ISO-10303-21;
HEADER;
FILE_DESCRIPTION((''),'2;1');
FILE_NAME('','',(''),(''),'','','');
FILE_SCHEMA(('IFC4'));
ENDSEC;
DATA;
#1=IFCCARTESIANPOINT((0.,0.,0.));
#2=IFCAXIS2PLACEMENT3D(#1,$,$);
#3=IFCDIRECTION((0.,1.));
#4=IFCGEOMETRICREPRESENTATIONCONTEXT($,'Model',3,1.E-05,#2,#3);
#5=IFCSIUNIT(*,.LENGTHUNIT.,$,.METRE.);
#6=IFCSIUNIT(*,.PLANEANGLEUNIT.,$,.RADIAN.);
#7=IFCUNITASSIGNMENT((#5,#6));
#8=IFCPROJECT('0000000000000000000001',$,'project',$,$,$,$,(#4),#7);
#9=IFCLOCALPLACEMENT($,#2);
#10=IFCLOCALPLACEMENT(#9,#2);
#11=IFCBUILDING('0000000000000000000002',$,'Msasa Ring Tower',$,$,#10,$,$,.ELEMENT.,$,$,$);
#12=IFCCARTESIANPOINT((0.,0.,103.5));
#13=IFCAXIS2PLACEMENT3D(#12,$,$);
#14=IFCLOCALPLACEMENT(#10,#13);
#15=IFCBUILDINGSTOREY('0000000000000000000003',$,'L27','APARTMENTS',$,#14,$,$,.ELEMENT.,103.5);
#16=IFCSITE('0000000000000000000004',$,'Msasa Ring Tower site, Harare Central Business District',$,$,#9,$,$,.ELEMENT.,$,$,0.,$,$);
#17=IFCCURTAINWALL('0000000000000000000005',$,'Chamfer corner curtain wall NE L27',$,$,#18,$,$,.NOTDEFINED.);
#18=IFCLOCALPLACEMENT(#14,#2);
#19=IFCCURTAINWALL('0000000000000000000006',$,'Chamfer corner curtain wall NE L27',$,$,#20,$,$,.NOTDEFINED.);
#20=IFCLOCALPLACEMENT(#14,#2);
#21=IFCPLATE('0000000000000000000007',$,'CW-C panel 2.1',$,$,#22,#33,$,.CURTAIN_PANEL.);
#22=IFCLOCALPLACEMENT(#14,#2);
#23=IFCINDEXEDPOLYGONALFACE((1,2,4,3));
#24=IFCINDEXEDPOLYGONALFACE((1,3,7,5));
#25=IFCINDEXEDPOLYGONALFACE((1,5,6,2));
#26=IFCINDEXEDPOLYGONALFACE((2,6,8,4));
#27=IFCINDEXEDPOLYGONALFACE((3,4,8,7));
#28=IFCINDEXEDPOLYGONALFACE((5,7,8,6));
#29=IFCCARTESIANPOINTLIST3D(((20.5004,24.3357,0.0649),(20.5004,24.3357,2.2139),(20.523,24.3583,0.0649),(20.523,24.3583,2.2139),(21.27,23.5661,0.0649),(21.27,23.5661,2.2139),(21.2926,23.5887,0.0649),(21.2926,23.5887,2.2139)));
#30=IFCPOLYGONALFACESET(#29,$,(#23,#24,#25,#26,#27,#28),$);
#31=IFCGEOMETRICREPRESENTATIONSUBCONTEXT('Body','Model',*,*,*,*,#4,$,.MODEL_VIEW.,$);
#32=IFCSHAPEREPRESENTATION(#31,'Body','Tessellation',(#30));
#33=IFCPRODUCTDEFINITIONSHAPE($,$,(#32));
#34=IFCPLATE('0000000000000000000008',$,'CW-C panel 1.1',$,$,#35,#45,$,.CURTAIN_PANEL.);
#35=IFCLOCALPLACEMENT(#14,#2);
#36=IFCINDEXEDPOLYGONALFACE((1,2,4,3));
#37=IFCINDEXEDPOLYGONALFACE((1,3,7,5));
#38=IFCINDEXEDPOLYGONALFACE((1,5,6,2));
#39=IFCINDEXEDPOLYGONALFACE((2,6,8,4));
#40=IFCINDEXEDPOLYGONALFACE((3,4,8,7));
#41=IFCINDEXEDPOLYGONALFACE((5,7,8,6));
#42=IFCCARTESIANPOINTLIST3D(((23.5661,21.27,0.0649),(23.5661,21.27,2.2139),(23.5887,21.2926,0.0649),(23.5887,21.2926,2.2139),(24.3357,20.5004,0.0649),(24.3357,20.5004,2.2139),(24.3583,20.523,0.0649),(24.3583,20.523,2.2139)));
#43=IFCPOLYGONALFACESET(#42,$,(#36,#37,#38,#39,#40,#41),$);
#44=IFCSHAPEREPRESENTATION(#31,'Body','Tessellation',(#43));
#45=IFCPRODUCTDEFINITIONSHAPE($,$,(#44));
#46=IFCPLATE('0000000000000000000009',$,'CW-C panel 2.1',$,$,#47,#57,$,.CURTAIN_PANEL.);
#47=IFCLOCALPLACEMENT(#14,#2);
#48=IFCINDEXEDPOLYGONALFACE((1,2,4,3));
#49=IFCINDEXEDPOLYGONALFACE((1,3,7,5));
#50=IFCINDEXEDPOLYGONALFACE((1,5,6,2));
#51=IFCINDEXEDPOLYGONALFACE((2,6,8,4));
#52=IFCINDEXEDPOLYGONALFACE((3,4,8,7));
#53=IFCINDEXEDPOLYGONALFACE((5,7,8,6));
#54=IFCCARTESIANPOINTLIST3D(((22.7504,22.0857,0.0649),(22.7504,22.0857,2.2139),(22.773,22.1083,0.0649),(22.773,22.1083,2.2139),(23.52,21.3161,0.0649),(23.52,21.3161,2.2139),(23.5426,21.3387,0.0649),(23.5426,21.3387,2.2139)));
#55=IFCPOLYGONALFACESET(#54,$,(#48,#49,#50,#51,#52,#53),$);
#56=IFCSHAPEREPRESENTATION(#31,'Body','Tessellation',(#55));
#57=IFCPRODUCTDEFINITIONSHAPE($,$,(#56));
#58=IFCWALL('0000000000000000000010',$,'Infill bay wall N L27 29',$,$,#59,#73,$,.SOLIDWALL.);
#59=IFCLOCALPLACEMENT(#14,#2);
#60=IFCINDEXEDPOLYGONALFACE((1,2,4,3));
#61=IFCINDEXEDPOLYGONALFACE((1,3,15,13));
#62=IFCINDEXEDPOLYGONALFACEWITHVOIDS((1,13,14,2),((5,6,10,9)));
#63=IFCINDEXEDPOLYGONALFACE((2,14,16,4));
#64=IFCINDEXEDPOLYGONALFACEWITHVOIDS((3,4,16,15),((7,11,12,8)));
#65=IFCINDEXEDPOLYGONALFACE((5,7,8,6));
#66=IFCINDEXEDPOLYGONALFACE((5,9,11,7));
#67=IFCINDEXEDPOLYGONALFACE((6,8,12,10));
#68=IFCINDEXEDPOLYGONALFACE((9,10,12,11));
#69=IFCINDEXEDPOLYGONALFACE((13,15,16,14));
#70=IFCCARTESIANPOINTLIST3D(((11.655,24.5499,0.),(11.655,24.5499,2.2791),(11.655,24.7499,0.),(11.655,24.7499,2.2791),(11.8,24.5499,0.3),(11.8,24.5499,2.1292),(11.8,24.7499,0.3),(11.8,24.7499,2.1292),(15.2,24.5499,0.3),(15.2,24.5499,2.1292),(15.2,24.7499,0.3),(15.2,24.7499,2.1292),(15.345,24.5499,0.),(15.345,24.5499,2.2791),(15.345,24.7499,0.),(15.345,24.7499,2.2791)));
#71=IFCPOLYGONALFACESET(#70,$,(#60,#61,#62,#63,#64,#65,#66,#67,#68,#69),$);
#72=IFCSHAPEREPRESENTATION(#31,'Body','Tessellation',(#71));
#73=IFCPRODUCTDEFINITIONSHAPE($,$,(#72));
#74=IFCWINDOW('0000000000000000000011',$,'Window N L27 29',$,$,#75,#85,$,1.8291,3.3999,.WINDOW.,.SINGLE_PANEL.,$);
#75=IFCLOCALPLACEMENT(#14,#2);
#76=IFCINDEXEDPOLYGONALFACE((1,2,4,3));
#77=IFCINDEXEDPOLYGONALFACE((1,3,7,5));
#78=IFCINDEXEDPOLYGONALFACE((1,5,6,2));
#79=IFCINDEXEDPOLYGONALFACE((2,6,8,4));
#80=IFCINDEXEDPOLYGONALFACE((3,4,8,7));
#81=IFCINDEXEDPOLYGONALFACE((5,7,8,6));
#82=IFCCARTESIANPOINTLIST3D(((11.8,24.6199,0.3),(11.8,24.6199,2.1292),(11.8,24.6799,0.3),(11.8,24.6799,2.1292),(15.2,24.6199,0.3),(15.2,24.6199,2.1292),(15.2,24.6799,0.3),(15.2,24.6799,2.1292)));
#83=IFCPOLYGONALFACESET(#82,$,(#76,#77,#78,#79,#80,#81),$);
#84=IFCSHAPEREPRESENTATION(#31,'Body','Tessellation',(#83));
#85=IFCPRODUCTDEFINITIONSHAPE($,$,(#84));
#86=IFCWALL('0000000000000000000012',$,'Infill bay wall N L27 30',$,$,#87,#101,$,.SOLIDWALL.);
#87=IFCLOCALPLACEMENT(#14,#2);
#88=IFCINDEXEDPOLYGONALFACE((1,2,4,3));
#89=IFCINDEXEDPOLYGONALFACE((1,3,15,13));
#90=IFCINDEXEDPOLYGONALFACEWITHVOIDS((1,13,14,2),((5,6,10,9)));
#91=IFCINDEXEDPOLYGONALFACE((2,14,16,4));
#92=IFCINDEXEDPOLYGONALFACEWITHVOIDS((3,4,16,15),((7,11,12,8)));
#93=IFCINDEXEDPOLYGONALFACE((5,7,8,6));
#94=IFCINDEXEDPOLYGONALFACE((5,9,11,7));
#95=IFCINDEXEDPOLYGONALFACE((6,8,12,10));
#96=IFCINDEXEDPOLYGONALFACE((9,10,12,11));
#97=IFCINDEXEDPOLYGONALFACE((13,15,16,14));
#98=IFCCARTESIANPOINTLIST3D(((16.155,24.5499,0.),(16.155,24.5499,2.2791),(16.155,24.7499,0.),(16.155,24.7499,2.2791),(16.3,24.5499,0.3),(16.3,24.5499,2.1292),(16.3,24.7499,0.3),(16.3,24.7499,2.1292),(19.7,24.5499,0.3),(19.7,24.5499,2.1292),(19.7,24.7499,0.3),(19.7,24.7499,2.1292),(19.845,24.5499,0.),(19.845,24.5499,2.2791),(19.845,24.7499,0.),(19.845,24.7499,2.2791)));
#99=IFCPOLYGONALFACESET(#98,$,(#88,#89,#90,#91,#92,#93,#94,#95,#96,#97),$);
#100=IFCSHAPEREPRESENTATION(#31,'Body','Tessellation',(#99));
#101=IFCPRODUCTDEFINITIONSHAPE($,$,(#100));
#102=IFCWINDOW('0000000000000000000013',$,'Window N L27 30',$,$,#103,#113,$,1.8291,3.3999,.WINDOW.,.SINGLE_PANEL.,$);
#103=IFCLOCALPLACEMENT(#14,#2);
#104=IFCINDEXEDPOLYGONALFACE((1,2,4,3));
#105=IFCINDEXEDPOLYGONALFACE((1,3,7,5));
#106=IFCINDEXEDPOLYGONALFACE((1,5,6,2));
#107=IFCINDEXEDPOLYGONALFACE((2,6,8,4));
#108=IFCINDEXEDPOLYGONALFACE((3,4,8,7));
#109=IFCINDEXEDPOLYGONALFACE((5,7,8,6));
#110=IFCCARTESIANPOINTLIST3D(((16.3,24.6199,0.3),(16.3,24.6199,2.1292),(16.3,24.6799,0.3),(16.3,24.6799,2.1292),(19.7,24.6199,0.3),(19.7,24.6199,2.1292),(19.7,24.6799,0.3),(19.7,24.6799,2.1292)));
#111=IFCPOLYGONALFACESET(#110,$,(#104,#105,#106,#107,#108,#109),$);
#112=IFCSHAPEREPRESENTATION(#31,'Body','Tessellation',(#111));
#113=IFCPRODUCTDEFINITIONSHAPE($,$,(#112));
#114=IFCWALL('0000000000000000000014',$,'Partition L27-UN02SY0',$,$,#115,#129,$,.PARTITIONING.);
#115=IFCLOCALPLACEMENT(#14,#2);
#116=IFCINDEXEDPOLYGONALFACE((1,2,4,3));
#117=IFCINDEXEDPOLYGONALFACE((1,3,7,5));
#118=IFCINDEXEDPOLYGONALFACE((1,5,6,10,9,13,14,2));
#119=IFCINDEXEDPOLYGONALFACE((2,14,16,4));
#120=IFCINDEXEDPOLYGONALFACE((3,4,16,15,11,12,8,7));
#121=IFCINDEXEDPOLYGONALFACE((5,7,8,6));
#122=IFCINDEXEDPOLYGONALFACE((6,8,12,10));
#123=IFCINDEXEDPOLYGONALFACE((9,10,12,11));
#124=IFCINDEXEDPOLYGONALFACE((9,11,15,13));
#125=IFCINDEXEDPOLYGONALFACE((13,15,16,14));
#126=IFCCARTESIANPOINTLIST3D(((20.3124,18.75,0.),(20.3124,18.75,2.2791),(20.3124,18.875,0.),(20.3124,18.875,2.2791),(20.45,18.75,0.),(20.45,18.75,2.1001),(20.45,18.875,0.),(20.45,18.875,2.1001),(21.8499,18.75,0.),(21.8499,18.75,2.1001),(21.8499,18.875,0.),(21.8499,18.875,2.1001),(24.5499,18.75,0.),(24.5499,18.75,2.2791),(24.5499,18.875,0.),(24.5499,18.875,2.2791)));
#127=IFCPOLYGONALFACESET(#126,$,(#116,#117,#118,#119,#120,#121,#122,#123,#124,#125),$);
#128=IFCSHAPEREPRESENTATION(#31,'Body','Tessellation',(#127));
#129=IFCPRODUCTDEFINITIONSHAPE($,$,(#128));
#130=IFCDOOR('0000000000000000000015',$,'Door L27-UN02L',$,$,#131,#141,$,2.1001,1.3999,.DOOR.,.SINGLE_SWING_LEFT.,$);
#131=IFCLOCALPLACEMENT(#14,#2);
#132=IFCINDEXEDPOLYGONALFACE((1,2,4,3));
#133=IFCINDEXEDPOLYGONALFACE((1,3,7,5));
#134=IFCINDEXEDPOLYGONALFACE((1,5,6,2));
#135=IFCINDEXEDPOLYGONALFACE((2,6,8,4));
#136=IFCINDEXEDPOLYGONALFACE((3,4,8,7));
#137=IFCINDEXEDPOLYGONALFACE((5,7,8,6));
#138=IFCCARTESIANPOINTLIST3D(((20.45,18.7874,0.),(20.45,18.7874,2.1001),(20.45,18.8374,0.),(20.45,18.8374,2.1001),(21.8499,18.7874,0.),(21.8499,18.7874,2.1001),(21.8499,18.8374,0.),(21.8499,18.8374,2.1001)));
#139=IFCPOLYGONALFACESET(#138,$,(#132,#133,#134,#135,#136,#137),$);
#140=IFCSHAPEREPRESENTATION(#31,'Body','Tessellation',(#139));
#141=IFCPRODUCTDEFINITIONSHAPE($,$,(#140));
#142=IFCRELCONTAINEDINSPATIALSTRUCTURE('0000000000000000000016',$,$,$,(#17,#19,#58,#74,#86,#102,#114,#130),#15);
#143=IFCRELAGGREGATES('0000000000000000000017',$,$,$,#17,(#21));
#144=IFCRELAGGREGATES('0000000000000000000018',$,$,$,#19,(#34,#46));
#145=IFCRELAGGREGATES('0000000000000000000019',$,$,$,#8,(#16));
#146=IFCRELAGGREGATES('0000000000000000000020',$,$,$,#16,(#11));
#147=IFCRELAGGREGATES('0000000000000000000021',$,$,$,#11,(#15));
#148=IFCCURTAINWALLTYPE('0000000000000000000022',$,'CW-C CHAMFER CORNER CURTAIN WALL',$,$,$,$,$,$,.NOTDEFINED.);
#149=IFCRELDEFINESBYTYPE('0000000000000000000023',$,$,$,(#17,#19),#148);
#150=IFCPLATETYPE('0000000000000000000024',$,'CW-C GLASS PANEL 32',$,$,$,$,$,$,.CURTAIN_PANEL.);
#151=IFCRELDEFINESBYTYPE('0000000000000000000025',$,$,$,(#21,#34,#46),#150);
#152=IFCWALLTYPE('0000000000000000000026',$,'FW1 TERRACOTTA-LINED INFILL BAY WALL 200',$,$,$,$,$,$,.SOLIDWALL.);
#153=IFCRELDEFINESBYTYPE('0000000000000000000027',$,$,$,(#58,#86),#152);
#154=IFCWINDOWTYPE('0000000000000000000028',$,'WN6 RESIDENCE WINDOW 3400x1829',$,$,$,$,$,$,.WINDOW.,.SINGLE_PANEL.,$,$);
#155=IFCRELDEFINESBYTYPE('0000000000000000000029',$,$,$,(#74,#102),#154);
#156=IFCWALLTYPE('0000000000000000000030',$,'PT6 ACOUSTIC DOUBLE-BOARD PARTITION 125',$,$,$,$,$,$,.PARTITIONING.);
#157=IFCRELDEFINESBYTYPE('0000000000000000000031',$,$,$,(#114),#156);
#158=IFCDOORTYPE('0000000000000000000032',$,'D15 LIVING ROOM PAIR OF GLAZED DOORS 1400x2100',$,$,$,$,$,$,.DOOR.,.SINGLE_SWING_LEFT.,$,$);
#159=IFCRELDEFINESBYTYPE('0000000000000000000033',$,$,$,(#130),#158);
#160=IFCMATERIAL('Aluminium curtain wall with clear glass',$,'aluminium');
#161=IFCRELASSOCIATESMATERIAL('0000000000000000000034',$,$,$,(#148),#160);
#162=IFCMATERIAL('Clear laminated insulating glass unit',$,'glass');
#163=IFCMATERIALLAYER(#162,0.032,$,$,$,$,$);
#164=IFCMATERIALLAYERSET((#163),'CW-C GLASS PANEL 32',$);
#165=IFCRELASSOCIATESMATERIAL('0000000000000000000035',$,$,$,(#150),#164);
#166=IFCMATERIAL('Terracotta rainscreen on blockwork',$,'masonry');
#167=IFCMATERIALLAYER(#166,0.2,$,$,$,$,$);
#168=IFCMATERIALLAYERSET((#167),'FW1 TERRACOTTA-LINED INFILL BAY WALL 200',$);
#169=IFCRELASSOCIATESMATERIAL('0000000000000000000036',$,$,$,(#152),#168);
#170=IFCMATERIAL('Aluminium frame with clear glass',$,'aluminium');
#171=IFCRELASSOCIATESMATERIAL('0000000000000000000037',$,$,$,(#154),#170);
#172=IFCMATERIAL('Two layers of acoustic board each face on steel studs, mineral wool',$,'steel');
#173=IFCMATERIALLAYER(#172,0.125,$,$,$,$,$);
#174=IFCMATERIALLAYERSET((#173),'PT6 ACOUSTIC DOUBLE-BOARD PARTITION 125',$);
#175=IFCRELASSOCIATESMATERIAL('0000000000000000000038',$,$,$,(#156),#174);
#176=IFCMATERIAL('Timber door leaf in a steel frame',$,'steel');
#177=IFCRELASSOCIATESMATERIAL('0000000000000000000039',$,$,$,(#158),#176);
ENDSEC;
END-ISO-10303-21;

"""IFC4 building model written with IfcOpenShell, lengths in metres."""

from ifc_helpers import new_model, si_unit, direction, frame, frame_2d, origin, origin_2d, place, context, subcontext, project, spatial, rectangle, extrude, material, layer, layer_set, type_object, element, fill, aggregate, save


model = new_model("IFC4")

# Units and contexts
model_context = context("Model", 3, precision=1e-05, world=origin(), true_north=direction((0.0, 1.0)))
body_context = subcontext(model_context, "Body", "Model", "MODEL_VIEW")
ifc_project = project(units=[si_unit("LENGTHUNIT", "METRE"), si_unit("PLANEANGLEUNIT", "RADIAN")], contexts=[model_context])

# Site, building, storey
site_placement = place(None, origin())
site = spatial("IfcSite", under=ifc_project, at=site_placement, Name="Msasa Ring Tower site, Harare Central Business District", CompositionType="ELEMENT", RefElevation=0.0)
building_placement = place(site_placement, origin())
building = spatial("IfcBuilding", under=site, at=building_placement, Name="Msasa Ring Tower", CompositionType="ELEMENT")
storey_placement = place(building_placement, frame((0.0, 0.0, 103.5)))
storey = spatial("IfcBuildingStorey", under=building, at=storey_placement, Name="L27", Description="APARTMENTS", CompositionType="ELEMENT", Elevation=103.5)

# Curtain walls
ifc_material_1 = material(Name="Aluminium curtain wall with clear glass", Category="aluminium")
curtain_wall_type = type_object("IfcCurtainWallType", Name="CW-C CHAMFER CORNER CURTAIN WALL", PredefinedType="NOTDEFINED", material=ifc_material_1)
curtain_wall_1_placement = place(storey_placement, origin())
curtain_wall_1 = element("IfcCurtainWall", 1, at=curtain_wall_1_placement, inside=storey, type_object=curtain_wall_type, Name="Chamfer corner curtain wall NE L27", PredefinedType="NOTDEFINED")
curtain_wall_2_placement = place(storey_placement, origin())
curtain_wall_2 = element("IfcCurtainWall", 2, at=curtain_wall_2_placement, inside=storey, type_object=curtain_wall_type, Name="Chamfer corner curtain wall NE L27", PredefinedType="NOTDEFINED")

# Plates
ifc_material_2 = material(Name="Clear laminated insulating glass unit", Category="glass")
ifc_layer_1 = layer(ifc_material_2, 0.032)
ifc_layer_set_1 = layer_set([ifc_layer_1], Name="CW-C GLASS PANEL 32")
plate_type = type_object("IfcPlateType", Name="CW-C GLASS PANEL 32", PredefinedType="CURTAIN_PANEL", material=ifc_layer_set_1)
plate_1_placement = place(storey_placement, frame((20.8965, 23.9622, 0.0649), z_axis=(0.0, 0.0, 1.0), x_axis=(-0.707107, 0.707107, 0.0)))
plate_1 = element("IfcPlate", 3, at=plate_1_placement, type_object=plate_type, Name="CW-C panel 2.1", PredefinedType="CURTAIN_PANEL", context=body_context, shape_type="SweptSolid", body=[
    extrude(rectangle(XDim=1.0884, YDim=0.032, at=origin_2d()), origin(), (0.0, 0.0, 1.0), 2.1489),
])
aggregate(curtain_wall_1, [plate_1])
plate_2_placement = place(storey_placement, frame((23.9622, 20.8965, 0.0649), z_axis=(0.0, 0.0, 1.0), x_axis=(-0.707107, 0.707107, 0.0)))
plate_2 = element("IfcPlate", 4, at=plate_2_placement, type_object=plate_type, Name="CW-C panel 1.1", PredefinedType="CURTAIN_PANEL", context=body_context, shape_type="SweptSolid", body=[
    extrude(rectangle(XDim=1.0884, YDim=0.032, at=origin_2d()), origin(), (0.0, 0.0, 1.0), 2.1489),
])
plate_3_placement = place(storey_placement, frame((23.1465, 21.7122, 0.0649), z_axis=(0.0, 0.0, 1.0), x_axis=(-0.707107, 0.707107, 0.0)))
plate_3 = element("IfcPlate", 5, at=plate_3_placement, type_object=plate_type, Name="CW-C panel 2.1", PredefinedType="CURTAIN_PANEL", context=body_context, shape_type="SweptSolid", body=[
    extrude(rectangle(XDim=1.0884, YDim=0.032, at=origin_2d()), origin(), (0.0, 0.0, 1.0), 2.1489),
])
aggregate(curtain_wall_2, [plate_2, plate_3])

# Walls, openings, windows
ifc_material_3 = material(Name="Terracotta rainscreen on blockwork", Category="masonry")
ifc_layer_2 = layer(ifc_material_3, 0.2)
ifc_layer_set_2 = layer_set([ifc_layer_2], Name="FW1 TERRACOTTA-LINED INFILL BAY WALL 200")
wall_type_1 = type_object("IfcWallType", Name="FW1 TERRACOTTA-LINED INFILL BAY WALL 200", PredefinedType="SOLIDWALL", material=ifc_layer_set_2)
wall_1_placement = place(storey_placement, frame((11.655, 24.6499, 0.0), z_axis=(0.0, 0.0, 1.0), x_axis=(1.0, 0.0, 0.0)))
wall_1 = element("IfcWall", 6, at=wall_1_placement, inside=storey, type_object=wall_type_1, Name="Infill bay wall N L27 29", PredefinedType="SOLIDWALL", context=body_context, shape_type="SweptSolid", body=[
    extrude(rectangle(XDim=3.6899, YDim=0.2, at=frame_2d((1.845, 0.0))), origin(), (0.0, 0.0, 1.0), 2.2791),
])
opening_1_placement = place(wall_1_placement, frame((0.145, 0.0, 0.3)))
opening_1 = element("IfcOpeningElement", 7, at=opening_1_placement, cuts=wall_1, PredefinedType="OPENING", context=body_context, shape_type="SweptSolid", body=[
    extrude(rectangle(XDim=3.3999, YDim=1.8291, at=frame_2d((1.7, 0.9146))), frame((0.0, 0.1099, 0.0), z_axis=(0.0, -1.0, 0.0), x_axis=(1.0, 0.0, 0.0)), (0.0, 0.0, 1.0), 0.22),
])
ifc_material_4 = material(Name="Aluminium frame with clear glass", Category="aluminium")
window_type = type_object("IfcWindowType", Name="WN6 RESIDENCE WINDOW 3400x1829", PartitioningType="SINGLE_PANEL", PredefinedType="WINDOW", material=ifc_material_4)
window_1_placement = place(opening_1_placement, origin())
window_1 = element("IfcWindow", 8, at=window_1_placement, inside=storey, type_object=window_type, Name="Window N L27 29", OverallHeight=1.8291, OverallWidth=3.3999, PartitioningType="SINGLE_PANEL", PredefinedType="WINDOW", context=body_context, shape_type="SweptSolid", body=[
    extrude(rectangle(XDim=3.3999, YDim=1.8291, at=frame_2d((1.7, 0.9146))), frame((0.0, 0.03, 0.0), z_axis=(0.0, -1.0, 0.0), x_axis=(1.0, 0.0, 0.0)), (0.0, 0.0, 1.0), 0.0601),
])
fill(opening_1, window_1)
wall_2_placement = place(storey_placement, frame((16.155, 24.6499, 0.0), z_axis=(0.0, 0.0, 1.0), x_axis=(1.0, 0.0, 0.0)))
wall_2 = element("IfcWall", 9, at=wall_2_placement, inside=storey, type_object=wall_type_1, Name="Infill bay wall N L27 30", PredefinedType="SOLIDWALL", context=body_context, shape_type="SweptSolid", body=[
    extrude(rectangle(XDim=3.6899, YDim=0.2, at=frame_2d((1.845, 0.0))), origin(), (0.0, 0.0, 1.0), 2.2791),
])
opening_2_placement = place(wall_2_placement, frame((0.145, 0.0, 0.3)))
opening_2 = element("IfcOpeningElement", 10, at=opening_2_placement, cuts=wall_2, PredefinedType="OPENING", context=body_context, shape_type="SweptSolid", body=[
    extrude(rectangle(XDim=3.3999, YDim=1.8291, at=frame_2d((1.7, 0.9146))), frame((0.0, 0.1099, 0.0), z_axis=(0.0, -1.0, 0.0), x_axis=(1.0, 0.0, 0.0)), (0.0, 0.0, 1.0), 0.22),
])
window_2_placement = place(opening_2_placement, origin())
window_2 = element("IfcWindow", 11, at=window_2_placement, inside=storey, type_object=window_type, Name="Window N L27 30", OverallHeight=1.8291, OverallWidth=3.3999, PartitioningType="SINGLE_PANEL", PredefinedType="WINDOW", context=body_context, shape_type="SweptSolid", body=[
    extrude(rectangle(XDim=3.3999, YDim=1.8291, at=frame_2d((1.7, 0.9146))), frame((0.0, 0.03, 0.0), z_axis=(0.0, -1.0, 0.0), x_axis=(1.0, 0.0, 0.0)), (0.0, 0.0, 1.0), 0.0601),
])
fill(opening_2, window_2)

# Wall, opening, door
ifc_material_5 = material(Name="Two layers of acoustic board each face on steel studs, mineral wool", Category="steel")
ifc_layer_3 = layer(ifc_material_5, 0.125)
ifc_layer_set_3 = layer_set([ifc_layer_3], Name="PT6 ACOUSTIC DOUBLE-BOARD PARTITION 125")
wall_type_2 = type_object("IfcWallType", Name="PT6 ACOUSTIC DOUBLE-BOARD PARTITION 125", PredefinedType="PARTITIONING", material=ifc_layer_set_3)
wall_3_placement = place(storey_placement, frame((20.3125, 18.8125, 0.0), z_axis=(0.0, 0.0, 1.0), x_axis=(1.0, 0.0, 0.0)))
wall_3 = element("IfcWall", 12, at=wall_3_placement, inside=storey, type_object=wall_type_2, Name="Partition L27-UN02SY0", PredefinedType="PARTITIONING", context=body_context, shape_type="SweptSolid", body=[
    extrude(rectangle(XDim=4.2375, YDim=0.125, at=frame_2d((2.1187, 0.0))), origin(), (0.0, 0.0, 1.0), 2.2791),
])
opening_3_placement = place(wall_3_placement, frame((0.1375, 0.0, 0.0)))
opening_3 = element("IfcOpeningElement", 13, at=opening_3_placement, cuts=wall_3, PredefinedType="OPENING", context=body_context, shape_type="SweptSolid", body=[
    extrude(rectangle(XDim=1.3999, YDim=2.1001, at=frame_2d((0.7, 1.05))), frame((0.0, 0.0725, 0.0), z_axis=(0.0, -1.0, 0.0), x_axis=(1.0, 0.0, 0.0)), (0.0, 0.0, 1.0), 0.145),
])
ifc_material_6 = material(Name="Timber door leaf in a steel frame", Category="steel")
door_type = type_object("IfcDoorType", Name="D15 LIVING ROOM PAIR OF GLAZED DOORS 1400x2100", OperationType="SINGLE_SWING_LEFT", PredefinedType="DOOR", material=ifc_material_6)
door_placement = place(opening_3_placement, origin())
door = element("IfcDoor", 14, at=door_placement, inside=storey, type_object=door_type, Name="Door L27-UN02L", OperationType="SINGLE_SWING_LEFT", OverallHeight=2.1001, OverallWidth=1.3999, PredefinedType="DOOR", context=body_context, shape_type="SweptSolid", body=[
    extrude(rectangle(XDim=1.3999, YDim=2.1001, at=frame_2d((0.7, 1.05))), frame((0.0, 0.0249, 0.0), z_axis=(0.0, -1.0, 0.0), x_axis=(1.0, 0.0, 0.0)), (0.0, 0.0, 1.0), 0.05),
])
fill(opening_3, door)

save(model, "model.ifc")
